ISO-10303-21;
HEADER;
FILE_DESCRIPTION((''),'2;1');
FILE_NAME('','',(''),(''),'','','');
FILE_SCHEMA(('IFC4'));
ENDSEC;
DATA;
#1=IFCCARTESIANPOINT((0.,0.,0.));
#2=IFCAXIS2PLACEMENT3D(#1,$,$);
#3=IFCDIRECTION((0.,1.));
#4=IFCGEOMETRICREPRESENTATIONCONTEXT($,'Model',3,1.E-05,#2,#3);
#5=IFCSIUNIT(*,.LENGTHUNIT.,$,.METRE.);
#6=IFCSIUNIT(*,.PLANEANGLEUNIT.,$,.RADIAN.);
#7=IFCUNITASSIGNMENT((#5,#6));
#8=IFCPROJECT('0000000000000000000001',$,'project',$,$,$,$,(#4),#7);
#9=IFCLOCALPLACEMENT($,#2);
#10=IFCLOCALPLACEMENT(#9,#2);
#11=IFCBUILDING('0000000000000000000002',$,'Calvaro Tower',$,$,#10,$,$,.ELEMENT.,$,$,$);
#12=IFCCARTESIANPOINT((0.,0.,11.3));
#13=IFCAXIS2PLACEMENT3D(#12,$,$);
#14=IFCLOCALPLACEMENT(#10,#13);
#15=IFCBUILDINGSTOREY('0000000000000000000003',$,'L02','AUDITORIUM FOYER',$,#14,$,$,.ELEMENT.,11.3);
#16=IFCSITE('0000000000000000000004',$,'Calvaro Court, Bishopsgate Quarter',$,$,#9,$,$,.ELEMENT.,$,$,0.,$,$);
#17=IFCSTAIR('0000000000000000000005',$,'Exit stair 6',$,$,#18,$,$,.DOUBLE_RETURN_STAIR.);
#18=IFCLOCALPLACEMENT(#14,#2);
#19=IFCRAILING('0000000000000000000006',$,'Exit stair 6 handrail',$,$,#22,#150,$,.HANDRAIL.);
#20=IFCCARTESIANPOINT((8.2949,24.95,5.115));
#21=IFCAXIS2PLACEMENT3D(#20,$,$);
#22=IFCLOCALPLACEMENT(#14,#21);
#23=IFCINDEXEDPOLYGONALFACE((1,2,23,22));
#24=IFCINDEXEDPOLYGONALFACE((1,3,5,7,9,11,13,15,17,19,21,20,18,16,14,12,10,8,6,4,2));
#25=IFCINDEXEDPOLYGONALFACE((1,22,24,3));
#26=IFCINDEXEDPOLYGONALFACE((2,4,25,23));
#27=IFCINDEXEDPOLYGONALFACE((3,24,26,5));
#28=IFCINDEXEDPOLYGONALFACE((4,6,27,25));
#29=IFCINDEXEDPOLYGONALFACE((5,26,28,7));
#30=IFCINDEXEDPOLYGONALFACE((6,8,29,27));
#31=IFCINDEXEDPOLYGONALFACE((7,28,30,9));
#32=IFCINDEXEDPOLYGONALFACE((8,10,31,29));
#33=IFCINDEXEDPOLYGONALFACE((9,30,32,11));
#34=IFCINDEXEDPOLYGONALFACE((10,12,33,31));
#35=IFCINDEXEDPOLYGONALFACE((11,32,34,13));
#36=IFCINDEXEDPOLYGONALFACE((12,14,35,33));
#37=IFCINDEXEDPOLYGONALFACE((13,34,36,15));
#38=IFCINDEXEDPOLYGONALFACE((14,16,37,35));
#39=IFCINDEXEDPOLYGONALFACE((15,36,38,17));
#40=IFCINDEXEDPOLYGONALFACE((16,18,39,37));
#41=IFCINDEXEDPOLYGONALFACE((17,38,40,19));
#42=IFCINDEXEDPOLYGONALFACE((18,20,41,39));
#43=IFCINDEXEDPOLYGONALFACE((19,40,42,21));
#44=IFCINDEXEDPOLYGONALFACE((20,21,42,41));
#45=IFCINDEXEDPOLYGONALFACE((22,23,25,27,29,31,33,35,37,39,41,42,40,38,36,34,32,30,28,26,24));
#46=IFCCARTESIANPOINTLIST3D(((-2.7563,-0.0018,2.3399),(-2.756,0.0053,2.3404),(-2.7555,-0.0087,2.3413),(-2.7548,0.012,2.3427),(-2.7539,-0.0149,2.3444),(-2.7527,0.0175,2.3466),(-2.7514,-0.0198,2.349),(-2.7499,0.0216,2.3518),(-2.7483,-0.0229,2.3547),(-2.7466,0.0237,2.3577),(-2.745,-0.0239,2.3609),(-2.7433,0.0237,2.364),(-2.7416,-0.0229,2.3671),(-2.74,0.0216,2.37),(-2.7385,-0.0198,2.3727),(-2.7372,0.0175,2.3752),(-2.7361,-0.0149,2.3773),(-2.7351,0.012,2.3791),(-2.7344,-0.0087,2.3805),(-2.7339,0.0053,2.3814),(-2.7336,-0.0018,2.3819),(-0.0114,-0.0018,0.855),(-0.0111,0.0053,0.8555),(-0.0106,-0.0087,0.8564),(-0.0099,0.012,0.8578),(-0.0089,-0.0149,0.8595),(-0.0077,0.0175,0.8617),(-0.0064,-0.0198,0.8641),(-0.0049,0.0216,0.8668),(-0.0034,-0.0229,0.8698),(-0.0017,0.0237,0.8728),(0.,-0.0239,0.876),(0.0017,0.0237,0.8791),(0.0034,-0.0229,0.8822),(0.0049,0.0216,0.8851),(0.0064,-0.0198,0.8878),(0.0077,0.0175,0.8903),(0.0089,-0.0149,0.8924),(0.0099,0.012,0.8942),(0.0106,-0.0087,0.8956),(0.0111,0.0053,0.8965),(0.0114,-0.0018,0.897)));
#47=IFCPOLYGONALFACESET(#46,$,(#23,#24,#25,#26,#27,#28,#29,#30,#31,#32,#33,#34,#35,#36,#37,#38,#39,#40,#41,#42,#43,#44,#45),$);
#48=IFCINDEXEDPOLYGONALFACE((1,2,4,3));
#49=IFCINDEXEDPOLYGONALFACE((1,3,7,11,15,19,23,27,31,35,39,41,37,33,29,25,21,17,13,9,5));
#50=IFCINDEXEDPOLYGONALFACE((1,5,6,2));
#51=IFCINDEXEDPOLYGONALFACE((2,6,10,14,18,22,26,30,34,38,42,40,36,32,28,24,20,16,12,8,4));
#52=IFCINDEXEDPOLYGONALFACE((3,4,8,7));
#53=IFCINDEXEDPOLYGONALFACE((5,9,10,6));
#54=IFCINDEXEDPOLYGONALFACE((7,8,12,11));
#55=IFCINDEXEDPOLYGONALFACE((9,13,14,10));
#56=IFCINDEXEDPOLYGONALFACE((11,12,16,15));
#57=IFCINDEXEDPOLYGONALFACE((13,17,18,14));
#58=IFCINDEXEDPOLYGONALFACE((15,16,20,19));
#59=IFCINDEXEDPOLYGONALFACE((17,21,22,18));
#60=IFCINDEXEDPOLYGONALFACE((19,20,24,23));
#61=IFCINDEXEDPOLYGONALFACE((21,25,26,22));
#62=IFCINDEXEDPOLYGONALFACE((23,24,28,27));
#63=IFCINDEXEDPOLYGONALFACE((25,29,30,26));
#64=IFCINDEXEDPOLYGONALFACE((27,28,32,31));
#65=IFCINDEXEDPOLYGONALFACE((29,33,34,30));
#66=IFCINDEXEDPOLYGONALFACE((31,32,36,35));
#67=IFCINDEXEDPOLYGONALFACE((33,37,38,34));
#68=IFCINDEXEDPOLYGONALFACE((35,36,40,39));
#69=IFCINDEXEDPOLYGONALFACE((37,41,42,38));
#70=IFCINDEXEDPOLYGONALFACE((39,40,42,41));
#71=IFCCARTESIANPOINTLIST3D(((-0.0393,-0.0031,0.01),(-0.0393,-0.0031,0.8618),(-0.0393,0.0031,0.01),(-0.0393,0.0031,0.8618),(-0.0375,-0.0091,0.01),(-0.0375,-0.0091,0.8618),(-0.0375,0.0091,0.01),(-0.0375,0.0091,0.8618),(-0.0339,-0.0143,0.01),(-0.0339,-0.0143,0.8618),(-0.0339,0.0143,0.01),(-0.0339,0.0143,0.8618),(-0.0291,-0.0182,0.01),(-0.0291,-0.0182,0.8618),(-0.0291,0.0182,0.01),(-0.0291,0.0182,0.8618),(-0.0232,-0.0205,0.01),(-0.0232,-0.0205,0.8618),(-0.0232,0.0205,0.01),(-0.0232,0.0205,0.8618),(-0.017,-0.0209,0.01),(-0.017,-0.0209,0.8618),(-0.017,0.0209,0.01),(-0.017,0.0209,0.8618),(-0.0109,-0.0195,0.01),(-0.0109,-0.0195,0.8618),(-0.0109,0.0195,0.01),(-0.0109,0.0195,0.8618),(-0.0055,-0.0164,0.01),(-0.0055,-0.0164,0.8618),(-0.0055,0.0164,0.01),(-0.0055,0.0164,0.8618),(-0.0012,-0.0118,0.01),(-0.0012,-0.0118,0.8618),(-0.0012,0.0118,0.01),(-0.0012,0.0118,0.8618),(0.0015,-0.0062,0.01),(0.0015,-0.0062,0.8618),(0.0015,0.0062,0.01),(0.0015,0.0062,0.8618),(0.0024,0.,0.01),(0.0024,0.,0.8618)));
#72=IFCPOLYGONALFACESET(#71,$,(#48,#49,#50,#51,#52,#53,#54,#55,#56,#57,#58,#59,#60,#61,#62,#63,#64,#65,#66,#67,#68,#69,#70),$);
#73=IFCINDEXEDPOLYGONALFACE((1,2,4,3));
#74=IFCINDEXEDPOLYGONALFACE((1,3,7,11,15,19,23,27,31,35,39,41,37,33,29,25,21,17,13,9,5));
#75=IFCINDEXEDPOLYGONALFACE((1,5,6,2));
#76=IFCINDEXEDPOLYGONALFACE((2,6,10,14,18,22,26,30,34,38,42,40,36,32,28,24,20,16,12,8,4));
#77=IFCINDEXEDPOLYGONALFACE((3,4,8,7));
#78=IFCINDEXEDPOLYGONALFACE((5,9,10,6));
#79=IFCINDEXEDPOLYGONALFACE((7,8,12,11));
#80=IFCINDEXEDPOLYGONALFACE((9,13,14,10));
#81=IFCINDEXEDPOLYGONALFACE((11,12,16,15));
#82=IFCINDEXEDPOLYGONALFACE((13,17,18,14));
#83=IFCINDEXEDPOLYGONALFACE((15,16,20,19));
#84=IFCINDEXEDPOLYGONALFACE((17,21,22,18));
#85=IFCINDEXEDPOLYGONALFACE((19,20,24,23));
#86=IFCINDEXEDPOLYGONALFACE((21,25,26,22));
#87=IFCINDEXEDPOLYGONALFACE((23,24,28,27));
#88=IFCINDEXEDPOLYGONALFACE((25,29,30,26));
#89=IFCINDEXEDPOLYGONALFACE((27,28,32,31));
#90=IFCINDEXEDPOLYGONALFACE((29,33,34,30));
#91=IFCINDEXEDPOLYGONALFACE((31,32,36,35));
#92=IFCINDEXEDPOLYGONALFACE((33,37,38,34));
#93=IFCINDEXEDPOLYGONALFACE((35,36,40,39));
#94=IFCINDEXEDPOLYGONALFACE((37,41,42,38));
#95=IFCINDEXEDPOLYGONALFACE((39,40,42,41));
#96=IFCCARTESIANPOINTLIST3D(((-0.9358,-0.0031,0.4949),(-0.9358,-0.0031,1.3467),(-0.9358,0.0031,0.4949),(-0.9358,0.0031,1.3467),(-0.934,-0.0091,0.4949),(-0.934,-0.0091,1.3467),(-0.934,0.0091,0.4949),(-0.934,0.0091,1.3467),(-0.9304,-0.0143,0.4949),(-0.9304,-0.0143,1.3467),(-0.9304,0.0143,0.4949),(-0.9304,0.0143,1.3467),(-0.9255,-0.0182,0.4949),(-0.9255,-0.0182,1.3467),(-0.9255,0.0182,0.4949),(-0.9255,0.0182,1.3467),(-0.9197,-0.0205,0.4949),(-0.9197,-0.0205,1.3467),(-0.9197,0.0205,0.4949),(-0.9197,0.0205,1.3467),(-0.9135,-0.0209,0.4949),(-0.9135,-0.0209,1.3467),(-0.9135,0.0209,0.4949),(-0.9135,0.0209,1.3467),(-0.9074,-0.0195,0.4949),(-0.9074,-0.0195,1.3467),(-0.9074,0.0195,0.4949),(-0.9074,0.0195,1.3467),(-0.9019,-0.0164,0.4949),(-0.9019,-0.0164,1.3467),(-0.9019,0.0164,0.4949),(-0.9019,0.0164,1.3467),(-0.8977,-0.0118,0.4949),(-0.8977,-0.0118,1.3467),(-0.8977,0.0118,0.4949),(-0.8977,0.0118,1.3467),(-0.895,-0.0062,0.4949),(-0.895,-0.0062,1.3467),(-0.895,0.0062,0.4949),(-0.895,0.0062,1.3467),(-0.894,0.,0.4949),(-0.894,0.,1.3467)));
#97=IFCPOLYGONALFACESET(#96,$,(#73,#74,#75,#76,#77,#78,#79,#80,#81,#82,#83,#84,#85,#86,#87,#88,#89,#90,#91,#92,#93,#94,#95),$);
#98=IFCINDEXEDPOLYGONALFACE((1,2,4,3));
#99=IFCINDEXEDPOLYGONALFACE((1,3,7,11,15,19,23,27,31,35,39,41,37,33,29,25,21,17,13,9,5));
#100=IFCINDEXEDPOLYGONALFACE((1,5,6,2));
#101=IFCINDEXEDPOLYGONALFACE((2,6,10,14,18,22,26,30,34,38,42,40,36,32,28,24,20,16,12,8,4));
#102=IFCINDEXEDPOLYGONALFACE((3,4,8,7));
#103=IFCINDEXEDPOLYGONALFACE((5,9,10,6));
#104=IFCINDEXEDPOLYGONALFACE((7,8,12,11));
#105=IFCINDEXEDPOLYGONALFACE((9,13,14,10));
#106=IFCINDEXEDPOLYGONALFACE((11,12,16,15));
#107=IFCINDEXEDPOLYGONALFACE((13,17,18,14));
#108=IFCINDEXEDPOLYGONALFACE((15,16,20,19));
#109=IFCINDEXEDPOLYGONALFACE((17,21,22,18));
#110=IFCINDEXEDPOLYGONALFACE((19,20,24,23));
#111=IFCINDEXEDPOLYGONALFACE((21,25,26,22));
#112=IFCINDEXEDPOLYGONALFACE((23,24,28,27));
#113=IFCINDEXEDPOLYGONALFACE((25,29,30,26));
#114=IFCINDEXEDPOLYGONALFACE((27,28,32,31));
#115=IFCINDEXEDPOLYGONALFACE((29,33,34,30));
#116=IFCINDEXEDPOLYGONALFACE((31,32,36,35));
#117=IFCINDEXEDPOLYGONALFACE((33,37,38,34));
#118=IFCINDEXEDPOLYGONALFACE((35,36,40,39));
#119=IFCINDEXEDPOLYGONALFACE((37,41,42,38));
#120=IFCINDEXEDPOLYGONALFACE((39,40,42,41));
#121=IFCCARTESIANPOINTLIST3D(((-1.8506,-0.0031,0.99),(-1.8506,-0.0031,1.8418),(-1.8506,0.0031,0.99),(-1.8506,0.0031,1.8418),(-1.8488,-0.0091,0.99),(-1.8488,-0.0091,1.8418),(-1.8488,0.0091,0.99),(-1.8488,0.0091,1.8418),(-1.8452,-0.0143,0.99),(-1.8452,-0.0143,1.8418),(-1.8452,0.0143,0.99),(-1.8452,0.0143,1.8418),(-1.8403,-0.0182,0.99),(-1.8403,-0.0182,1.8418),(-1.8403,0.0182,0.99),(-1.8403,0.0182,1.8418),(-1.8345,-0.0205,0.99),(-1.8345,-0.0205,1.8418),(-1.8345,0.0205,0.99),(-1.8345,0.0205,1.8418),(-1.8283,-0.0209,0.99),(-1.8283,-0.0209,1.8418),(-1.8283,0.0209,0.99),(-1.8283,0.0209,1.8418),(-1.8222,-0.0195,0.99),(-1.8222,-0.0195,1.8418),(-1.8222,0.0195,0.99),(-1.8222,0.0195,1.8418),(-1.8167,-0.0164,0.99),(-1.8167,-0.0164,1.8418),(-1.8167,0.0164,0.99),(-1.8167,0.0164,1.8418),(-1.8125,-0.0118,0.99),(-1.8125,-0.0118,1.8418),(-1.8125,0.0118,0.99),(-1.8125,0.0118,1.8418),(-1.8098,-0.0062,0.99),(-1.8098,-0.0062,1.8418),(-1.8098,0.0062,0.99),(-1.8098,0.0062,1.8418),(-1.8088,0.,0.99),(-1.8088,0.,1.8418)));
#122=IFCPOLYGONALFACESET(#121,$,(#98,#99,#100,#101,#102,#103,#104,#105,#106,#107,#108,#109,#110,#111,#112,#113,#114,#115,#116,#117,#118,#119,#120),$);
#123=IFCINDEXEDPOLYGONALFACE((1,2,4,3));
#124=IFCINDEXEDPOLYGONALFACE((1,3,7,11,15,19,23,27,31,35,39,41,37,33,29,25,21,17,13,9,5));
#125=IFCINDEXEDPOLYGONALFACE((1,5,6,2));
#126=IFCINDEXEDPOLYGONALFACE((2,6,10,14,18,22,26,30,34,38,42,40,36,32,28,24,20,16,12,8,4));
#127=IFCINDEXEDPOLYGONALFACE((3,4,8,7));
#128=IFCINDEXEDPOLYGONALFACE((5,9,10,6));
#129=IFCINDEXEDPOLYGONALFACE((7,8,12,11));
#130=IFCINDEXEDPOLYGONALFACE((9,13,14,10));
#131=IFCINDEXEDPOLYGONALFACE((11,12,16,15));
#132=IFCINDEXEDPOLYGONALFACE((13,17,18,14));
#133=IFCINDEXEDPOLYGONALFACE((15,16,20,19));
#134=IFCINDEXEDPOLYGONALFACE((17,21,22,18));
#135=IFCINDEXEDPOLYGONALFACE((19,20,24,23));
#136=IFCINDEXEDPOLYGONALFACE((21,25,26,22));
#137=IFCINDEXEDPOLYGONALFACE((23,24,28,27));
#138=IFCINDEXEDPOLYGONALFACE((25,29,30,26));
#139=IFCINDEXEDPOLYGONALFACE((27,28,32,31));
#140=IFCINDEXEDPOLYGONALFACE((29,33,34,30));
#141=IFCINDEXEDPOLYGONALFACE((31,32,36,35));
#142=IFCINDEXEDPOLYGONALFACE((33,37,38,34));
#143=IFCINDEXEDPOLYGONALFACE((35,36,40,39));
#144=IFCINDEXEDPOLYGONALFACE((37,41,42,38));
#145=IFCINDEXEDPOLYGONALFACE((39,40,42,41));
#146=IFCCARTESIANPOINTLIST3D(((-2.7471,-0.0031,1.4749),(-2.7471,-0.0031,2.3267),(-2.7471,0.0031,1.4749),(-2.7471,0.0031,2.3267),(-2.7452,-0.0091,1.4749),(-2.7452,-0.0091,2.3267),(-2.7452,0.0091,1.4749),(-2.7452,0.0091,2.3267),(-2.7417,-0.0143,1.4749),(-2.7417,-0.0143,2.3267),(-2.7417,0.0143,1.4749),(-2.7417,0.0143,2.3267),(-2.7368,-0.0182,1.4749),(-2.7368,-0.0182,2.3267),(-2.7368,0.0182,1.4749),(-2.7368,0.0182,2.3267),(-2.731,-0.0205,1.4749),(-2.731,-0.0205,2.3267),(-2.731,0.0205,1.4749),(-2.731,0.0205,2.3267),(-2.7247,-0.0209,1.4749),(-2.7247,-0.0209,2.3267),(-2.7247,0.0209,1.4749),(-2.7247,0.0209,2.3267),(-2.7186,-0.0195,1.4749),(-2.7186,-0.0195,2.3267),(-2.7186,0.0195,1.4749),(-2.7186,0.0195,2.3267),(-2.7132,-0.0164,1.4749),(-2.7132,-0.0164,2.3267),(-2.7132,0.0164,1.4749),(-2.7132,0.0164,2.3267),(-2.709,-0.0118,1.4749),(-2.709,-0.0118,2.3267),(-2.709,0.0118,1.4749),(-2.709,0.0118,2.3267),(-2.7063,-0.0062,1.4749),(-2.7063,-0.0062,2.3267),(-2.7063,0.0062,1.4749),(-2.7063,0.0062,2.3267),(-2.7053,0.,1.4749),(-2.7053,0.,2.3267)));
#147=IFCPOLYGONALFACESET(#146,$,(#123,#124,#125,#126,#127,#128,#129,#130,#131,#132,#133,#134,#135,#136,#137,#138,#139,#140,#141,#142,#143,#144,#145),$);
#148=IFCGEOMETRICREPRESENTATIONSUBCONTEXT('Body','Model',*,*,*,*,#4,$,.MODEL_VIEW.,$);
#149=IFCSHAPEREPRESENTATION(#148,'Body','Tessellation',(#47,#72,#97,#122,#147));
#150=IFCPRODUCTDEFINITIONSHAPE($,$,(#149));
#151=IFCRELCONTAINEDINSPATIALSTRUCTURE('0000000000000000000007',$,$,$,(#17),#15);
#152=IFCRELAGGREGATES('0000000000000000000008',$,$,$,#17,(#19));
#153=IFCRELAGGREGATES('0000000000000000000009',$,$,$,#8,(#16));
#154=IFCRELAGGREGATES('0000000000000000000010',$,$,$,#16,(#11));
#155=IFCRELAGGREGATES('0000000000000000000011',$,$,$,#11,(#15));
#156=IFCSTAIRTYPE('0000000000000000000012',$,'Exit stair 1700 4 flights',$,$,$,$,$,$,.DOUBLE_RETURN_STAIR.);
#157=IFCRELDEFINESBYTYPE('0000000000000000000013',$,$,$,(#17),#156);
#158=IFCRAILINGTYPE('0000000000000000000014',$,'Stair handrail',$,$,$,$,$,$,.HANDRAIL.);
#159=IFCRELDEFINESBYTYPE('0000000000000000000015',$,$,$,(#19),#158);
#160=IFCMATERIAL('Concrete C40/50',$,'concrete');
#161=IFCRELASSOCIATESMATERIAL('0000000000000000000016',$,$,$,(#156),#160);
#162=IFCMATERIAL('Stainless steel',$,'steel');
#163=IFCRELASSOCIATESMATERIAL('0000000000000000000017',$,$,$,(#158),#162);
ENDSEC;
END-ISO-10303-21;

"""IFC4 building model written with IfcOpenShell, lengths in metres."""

from ifc_helpers import new_model, si_unit, direction, frame, origin, origin_2d, place, context, subcontext, project, spatial, circle, extrude, material, type_object, element, aggregate, save


model = new_model("IFC4")

# Units and contexts
model_context = context("Model", 3, precision=1e-05, world=origin(), true_north=direction((0.0, 1.0)))
body_context = subcontext(model_context, "Body", "Model", "MODEL_VIEW")
ifc_project = project(units=[si_unit("LENGTHUNIT", "METRE"), si_unit("PLANEANGLEUNIT", "RADIAN")], contexts=[model_context])

# Site, building, storey
site_placement = place(None, origin())
site = spatial("IfcSite", under=ifc_project, at=site_placement, Name="Calvaro Court, Bishopsgate Quarter", CompositionType="ELEMENT", RefElevation=0.0)
building_placement = place(site_placement, origin())
building = spatial("IfcBuilding", under=site, at=building_placement, Name="Calvaro Tower", CompositionType="ELEMENT")
storey_placement = place(building_placement, frame((0.0, 0.0, 11.3)))
storey = spatial("IfcBuildingStorey", under=building, at=storey_placement, Name="L02", Description="AUDITORIUM FOYER", CompositionType="ELEMENT", Elevation=11.3)

# Stair, railing
ifc_material_1 = material(Name="Concrete C40/50", Category="concrete")
stair_type = type_object("IfcStairType", Name="Exit stair 1700 4 flights", PredefinedType="DOUBLE_RETURN_STAIR", material=ifc_material_1)
stair_placement = place(storey_placement, origin())
stair = element("IfcStair", 1, at=stair_placement, inside=storey, type_object=stair_type, Name="Exit stair 6", PredefinedType="DOUBLE_RETURN_STAIR")
ifc_material_2 = material(Name="Stainless steel", Category="steel")
railing_type = type_object("IfcRailingType", Name="Stair handrail", PredefinedType="HANDRAIL", material=ifc_material_2)
railing_1_placement = place(storey_placement, frame((8.2949, 24.95, 5.115)))
railing_1 = element("IfcRailing", 2, at=railing_1_placement, type_object=railing_type, Name="Exit stair 6 handrail", PredefinedType="HANDRAIL", context=body_context, shape_type="SweptSolid", body=[
    extrude(circle(Radius=0.0239, at=origin_2d()), frame((0.0, 0.0, 0.876), z_axis=(-0.879553, 0.0, 0.475802), x_axis=(0.0, -1.0, 0.0)), (0.0, 0.0, 1.0), 3.1208),
    extrude(circle(Radius=0.021, at=origin_2d()), frame((-0.0186, 0.0, 0.01)), (0.0, 0.0, 1.0), 0.8518),
    extrude(circle(Radius=0.021, at=origin_2d()), frame((-0.915, 0.0, 0.4949)), (0.0, 0.0, 1.0), 0.8518),
    extrude(circle(Radius=0.021, at=origin_2d()), frame((-1.8298, 0.0, 0.99)), (0.0, 0.0, 1.0), 0.8518),
    extrude(circle(Radius=0.021, at=origin_2d()), frame((-2.7263, 0.0, 1.4749)), (0.0, 0.0, 1.0), 0.8518),
])
aggregate(stair, [railing_1])

save(model, "model.ifc")
